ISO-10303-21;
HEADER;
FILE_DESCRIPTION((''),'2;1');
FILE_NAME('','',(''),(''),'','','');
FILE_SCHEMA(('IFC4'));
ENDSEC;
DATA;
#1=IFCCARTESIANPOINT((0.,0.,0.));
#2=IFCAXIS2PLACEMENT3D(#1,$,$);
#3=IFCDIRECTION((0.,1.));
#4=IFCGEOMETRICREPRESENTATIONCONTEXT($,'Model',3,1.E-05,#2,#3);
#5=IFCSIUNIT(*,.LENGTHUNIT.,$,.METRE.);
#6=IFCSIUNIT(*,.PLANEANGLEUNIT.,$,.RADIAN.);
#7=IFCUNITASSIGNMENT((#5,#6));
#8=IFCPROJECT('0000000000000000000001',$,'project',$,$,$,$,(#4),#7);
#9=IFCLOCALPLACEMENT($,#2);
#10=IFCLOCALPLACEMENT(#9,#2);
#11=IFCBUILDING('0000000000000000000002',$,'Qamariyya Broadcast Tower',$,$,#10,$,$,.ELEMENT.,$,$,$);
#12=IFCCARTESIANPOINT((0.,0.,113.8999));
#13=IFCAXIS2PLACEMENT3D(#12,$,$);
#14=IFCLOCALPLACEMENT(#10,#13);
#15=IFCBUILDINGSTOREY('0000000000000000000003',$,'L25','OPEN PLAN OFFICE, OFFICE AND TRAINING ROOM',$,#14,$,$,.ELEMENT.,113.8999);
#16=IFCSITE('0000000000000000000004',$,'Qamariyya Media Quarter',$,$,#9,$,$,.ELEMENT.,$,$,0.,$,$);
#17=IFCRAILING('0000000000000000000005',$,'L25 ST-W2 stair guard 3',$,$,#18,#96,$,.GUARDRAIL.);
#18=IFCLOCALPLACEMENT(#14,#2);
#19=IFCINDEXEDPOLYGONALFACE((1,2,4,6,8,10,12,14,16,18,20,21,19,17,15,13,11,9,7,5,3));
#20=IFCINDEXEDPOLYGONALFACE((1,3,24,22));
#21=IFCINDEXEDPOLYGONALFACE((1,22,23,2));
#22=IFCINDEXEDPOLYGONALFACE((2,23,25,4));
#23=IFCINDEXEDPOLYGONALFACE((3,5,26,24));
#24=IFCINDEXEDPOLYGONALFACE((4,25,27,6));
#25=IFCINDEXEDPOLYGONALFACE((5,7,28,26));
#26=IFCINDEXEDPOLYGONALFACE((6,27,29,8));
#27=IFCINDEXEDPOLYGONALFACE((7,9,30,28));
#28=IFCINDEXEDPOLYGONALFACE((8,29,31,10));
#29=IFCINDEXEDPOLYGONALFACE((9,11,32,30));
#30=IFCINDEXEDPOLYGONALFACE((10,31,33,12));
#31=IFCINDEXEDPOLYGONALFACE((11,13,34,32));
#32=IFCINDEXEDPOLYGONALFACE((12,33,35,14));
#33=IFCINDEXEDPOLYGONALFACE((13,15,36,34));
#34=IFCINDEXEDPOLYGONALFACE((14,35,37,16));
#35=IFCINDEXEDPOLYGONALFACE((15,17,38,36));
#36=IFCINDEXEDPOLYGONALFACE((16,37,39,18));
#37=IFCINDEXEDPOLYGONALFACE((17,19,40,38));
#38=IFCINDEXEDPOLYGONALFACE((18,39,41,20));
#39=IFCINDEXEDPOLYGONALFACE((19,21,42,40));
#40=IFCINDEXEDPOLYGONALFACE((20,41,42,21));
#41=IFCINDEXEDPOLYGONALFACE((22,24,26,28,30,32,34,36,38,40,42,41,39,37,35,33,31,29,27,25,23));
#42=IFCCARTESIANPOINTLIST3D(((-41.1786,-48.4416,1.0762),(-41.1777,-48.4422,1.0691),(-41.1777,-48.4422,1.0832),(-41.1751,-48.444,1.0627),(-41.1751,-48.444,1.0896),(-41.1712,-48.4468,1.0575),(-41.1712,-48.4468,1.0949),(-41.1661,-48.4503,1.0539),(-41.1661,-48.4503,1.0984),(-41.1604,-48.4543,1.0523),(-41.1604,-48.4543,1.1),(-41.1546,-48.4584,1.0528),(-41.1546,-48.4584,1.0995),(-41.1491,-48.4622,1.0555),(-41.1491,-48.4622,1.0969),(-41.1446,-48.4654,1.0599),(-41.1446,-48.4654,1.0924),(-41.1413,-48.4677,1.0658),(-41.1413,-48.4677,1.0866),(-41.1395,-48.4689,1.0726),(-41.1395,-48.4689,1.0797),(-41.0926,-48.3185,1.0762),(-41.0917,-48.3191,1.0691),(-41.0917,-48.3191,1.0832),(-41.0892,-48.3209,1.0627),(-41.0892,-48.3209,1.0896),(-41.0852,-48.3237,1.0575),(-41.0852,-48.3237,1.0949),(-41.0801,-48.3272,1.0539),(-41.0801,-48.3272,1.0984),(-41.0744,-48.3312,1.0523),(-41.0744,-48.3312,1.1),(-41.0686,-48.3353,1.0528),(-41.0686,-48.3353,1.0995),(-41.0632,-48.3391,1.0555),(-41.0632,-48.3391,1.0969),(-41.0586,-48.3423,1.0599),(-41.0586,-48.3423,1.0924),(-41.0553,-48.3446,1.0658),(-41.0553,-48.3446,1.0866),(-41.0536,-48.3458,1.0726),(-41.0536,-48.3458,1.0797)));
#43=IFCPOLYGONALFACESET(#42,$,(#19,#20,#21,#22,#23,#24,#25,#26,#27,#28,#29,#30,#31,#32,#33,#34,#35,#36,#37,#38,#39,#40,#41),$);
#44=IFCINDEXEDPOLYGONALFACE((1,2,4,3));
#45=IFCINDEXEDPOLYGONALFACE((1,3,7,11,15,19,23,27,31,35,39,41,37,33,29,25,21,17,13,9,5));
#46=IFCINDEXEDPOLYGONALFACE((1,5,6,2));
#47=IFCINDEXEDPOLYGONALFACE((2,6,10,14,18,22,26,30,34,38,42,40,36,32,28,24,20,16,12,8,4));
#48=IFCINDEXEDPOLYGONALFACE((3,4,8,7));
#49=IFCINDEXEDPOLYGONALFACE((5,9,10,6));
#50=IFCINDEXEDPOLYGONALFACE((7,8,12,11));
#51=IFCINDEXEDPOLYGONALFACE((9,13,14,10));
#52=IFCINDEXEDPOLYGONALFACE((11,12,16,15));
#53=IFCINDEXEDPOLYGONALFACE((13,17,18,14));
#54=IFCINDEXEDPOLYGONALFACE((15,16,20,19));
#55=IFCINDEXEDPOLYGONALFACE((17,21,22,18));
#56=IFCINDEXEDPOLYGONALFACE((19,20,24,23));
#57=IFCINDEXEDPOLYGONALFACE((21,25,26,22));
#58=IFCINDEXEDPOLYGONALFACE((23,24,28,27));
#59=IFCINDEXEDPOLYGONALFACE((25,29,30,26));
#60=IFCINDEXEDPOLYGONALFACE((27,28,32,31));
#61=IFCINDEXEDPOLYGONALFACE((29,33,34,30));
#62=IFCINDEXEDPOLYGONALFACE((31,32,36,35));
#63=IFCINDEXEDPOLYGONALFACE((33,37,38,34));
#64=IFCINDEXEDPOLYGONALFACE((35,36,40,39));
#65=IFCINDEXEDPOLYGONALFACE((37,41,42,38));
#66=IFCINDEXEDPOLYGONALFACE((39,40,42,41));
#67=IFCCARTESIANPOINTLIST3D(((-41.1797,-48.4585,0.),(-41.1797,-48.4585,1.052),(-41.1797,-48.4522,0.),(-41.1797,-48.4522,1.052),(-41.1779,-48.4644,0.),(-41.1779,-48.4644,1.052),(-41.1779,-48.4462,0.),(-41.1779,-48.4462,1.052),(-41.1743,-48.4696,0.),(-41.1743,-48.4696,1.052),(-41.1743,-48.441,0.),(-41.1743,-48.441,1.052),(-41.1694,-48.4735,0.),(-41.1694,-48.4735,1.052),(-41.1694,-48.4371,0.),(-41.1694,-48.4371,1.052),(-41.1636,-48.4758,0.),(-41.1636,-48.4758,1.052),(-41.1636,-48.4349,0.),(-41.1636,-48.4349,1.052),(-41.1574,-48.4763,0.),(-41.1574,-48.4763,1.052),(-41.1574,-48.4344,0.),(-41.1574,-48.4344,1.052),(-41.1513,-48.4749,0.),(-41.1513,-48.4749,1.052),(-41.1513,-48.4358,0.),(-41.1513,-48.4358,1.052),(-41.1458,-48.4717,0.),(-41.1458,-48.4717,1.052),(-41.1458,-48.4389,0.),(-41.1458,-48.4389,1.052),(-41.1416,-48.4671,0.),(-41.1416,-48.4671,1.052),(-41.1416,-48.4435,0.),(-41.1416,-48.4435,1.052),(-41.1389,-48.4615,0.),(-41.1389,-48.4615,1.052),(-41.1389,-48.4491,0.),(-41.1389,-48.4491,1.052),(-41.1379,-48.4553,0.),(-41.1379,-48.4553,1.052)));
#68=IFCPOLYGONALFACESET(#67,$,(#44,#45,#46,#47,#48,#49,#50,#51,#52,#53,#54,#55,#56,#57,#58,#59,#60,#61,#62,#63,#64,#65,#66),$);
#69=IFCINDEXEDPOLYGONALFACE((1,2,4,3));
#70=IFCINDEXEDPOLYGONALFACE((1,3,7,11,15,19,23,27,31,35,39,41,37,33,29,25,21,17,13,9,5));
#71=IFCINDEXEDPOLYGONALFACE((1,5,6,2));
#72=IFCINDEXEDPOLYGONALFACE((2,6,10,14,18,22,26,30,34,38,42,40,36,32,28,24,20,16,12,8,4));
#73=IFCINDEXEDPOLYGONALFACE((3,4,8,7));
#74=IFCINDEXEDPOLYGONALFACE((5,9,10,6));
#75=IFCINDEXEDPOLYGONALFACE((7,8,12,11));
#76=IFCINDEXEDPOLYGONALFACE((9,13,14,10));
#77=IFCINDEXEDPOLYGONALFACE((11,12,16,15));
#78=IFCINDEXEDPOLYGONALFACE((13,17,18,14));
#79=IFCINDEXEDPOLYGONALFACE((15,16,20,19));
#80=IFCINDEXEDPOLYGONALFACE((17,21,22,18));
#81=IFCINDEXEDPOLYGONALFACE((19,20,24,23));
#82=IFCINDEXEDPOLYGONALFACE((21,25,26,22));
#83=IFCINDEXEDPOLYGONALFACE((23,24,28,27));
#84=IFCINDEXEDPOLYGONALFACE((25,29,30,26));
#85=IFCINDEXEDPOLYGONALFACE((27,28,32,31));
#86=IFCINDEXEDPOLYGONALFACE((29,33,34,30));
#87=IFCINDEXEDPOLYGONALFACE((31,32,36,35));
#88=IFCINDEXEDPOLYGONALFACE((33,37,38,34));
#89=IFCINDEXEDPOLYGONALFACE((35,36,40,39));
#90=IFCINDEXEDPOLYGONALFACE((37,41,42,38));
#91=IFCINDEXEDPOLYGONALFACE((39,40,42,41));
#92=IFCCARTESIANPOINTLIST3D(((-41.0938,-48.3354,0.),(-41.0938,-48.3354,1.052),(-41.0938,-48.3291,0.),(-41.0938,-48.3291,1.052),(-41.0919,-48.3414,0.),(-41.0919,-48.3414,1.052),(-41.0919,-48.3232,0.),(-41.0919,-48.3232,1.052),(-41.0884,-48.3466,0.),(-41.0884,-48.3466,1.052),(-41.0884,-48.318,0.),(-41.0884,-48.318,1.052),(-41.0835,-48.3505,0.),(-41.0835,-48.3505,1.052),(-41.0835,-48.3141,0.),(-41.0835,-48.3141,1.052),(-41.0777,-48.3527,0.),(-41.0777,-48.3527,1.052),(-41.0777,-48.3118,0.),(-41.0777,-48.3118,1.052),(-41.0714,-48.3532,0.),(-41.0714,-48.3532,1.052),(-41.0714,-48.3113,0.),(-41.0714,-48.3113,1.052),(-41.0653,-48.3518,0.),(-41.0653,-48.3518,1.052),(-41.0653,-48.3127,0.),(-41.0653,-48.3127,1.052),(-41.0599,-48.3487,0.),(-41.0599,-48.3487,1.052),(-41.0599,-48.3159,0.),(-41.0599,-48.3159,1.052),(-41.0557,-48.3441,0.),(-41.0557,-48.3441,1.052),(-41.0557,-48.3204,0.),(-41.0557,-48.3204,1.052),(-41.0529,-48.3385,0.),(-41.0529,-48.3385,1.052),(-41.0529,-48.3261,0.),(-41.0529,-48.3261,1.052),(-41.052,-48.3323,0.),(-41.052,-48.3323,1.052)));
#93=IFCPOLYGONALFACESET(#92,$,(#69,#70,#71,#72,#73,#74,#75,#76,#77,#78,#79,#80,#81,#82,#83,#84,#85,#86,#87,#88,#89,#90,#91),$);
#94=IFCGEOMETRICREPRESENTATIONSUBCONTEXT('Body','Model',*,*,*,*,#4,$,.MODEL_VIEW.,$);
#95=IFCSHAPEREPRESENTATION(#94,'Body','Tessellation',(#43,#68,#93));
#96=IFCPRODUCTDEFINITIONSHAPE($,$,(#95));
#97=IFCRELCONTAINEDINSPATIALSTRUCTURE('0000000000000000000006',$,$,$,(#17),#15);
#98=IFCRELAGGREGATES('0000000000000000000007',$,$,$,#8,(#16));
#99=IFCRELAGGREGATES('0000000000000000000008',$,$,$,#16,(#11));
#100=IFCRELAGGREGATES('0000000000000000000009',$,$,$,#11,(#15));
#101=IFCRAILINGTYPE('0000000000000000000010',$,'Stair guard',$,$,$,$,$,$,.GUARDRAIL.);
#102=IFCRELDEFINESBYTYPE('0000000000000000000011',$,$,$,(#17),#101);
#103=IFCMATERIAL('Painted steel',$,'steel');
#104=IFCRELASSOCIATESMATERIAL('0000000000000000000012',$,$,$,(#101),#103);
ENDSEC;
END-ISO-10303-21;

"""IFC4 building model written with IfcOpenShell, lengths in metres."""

from ifc_helpers import new_model, si_unit, direction, frame, origin, origin_2d, place, context, subcontext, project, spatial, circle, extrude, material, type_object, element, save


model = new_model("IFC4")

# Units and contexts
model_context = context("Model", 3, precision=1e-05, world=origin(), true_north=direction((0.0, 1.0)))
body_context = subcontext(model_context, "Body", "Model", "MODEL_VIEW")
ifc_project = project(units=[si_unit("LENGTHUNIT", "METRE"), si_unit("PLANEANGLEUNIT", "RADIAN")], contexts=[model_context])

# Site, building, storey
site_placement = place(None, origin())
site = spatial("IfcSite", under=ifc_project, at=site_placement, Name="Qamariyya Media Quarter", CompositionType="ELEMENT", RefElevation=0.0)
building_placement = place(site_placement, origin())
building = spatial("IfcBuilding", under=site, at=building_placement, Name="Qamariyya Broadcast Tower", CompositionType="ELEMENT")
storey_placement = place(building_placement, frame((0.0, 0.0, 113.8999)))
storey = spatial("IfcBuildingStorey", under=building, at=storey_placement, Name="L25", Description="OPEN PLAN OFFICE, OFFICE AND TRAINING ROOM", CompositionType="ELEMENT", Elevation=113.8999)

# Railing
ifc_material_1 = material(Name="Painted steel", Category="steel")
railing_type_1 = type_object("IfcRailingType", Name="Stair guard", PredefinedType="GUARDRAIL", material=ifc_material_1)
railing_1_placement = place(storey_placement, frame((-41.1589, -48.4553, 0.0)))
element("IfcRailing", 1, at=railing_1_placement, inside=storey, type_object=railing_type_1, Name="L25 ST-W2 stair guard 3", PredefinedType="GUARDRAIL", context=body_context, shape_type="SweptSolid", body=[
    extrude(circle(Radius=0.0239, at=origin_2d()), frame((0.0, 0.0, 1.0762), z_axis=(0.572589, 0.819843, 0.0), x_axis=(-0.819843, 0.572589, 0.0)), (0.0, 0.0, 1.0), 0.1501),
    extrude(circle(Radius=0.021, at=origin_2d()), origin(), (0.0, 0.0, 1.0), 1.052),
    extrude(circle(Radius=0.021, at=origin_2d()), frame((0.0859, 0.123, 0.0)), (0.0, 0.0, 1.0), 1.052),
])

save(model, "model.ifc")
